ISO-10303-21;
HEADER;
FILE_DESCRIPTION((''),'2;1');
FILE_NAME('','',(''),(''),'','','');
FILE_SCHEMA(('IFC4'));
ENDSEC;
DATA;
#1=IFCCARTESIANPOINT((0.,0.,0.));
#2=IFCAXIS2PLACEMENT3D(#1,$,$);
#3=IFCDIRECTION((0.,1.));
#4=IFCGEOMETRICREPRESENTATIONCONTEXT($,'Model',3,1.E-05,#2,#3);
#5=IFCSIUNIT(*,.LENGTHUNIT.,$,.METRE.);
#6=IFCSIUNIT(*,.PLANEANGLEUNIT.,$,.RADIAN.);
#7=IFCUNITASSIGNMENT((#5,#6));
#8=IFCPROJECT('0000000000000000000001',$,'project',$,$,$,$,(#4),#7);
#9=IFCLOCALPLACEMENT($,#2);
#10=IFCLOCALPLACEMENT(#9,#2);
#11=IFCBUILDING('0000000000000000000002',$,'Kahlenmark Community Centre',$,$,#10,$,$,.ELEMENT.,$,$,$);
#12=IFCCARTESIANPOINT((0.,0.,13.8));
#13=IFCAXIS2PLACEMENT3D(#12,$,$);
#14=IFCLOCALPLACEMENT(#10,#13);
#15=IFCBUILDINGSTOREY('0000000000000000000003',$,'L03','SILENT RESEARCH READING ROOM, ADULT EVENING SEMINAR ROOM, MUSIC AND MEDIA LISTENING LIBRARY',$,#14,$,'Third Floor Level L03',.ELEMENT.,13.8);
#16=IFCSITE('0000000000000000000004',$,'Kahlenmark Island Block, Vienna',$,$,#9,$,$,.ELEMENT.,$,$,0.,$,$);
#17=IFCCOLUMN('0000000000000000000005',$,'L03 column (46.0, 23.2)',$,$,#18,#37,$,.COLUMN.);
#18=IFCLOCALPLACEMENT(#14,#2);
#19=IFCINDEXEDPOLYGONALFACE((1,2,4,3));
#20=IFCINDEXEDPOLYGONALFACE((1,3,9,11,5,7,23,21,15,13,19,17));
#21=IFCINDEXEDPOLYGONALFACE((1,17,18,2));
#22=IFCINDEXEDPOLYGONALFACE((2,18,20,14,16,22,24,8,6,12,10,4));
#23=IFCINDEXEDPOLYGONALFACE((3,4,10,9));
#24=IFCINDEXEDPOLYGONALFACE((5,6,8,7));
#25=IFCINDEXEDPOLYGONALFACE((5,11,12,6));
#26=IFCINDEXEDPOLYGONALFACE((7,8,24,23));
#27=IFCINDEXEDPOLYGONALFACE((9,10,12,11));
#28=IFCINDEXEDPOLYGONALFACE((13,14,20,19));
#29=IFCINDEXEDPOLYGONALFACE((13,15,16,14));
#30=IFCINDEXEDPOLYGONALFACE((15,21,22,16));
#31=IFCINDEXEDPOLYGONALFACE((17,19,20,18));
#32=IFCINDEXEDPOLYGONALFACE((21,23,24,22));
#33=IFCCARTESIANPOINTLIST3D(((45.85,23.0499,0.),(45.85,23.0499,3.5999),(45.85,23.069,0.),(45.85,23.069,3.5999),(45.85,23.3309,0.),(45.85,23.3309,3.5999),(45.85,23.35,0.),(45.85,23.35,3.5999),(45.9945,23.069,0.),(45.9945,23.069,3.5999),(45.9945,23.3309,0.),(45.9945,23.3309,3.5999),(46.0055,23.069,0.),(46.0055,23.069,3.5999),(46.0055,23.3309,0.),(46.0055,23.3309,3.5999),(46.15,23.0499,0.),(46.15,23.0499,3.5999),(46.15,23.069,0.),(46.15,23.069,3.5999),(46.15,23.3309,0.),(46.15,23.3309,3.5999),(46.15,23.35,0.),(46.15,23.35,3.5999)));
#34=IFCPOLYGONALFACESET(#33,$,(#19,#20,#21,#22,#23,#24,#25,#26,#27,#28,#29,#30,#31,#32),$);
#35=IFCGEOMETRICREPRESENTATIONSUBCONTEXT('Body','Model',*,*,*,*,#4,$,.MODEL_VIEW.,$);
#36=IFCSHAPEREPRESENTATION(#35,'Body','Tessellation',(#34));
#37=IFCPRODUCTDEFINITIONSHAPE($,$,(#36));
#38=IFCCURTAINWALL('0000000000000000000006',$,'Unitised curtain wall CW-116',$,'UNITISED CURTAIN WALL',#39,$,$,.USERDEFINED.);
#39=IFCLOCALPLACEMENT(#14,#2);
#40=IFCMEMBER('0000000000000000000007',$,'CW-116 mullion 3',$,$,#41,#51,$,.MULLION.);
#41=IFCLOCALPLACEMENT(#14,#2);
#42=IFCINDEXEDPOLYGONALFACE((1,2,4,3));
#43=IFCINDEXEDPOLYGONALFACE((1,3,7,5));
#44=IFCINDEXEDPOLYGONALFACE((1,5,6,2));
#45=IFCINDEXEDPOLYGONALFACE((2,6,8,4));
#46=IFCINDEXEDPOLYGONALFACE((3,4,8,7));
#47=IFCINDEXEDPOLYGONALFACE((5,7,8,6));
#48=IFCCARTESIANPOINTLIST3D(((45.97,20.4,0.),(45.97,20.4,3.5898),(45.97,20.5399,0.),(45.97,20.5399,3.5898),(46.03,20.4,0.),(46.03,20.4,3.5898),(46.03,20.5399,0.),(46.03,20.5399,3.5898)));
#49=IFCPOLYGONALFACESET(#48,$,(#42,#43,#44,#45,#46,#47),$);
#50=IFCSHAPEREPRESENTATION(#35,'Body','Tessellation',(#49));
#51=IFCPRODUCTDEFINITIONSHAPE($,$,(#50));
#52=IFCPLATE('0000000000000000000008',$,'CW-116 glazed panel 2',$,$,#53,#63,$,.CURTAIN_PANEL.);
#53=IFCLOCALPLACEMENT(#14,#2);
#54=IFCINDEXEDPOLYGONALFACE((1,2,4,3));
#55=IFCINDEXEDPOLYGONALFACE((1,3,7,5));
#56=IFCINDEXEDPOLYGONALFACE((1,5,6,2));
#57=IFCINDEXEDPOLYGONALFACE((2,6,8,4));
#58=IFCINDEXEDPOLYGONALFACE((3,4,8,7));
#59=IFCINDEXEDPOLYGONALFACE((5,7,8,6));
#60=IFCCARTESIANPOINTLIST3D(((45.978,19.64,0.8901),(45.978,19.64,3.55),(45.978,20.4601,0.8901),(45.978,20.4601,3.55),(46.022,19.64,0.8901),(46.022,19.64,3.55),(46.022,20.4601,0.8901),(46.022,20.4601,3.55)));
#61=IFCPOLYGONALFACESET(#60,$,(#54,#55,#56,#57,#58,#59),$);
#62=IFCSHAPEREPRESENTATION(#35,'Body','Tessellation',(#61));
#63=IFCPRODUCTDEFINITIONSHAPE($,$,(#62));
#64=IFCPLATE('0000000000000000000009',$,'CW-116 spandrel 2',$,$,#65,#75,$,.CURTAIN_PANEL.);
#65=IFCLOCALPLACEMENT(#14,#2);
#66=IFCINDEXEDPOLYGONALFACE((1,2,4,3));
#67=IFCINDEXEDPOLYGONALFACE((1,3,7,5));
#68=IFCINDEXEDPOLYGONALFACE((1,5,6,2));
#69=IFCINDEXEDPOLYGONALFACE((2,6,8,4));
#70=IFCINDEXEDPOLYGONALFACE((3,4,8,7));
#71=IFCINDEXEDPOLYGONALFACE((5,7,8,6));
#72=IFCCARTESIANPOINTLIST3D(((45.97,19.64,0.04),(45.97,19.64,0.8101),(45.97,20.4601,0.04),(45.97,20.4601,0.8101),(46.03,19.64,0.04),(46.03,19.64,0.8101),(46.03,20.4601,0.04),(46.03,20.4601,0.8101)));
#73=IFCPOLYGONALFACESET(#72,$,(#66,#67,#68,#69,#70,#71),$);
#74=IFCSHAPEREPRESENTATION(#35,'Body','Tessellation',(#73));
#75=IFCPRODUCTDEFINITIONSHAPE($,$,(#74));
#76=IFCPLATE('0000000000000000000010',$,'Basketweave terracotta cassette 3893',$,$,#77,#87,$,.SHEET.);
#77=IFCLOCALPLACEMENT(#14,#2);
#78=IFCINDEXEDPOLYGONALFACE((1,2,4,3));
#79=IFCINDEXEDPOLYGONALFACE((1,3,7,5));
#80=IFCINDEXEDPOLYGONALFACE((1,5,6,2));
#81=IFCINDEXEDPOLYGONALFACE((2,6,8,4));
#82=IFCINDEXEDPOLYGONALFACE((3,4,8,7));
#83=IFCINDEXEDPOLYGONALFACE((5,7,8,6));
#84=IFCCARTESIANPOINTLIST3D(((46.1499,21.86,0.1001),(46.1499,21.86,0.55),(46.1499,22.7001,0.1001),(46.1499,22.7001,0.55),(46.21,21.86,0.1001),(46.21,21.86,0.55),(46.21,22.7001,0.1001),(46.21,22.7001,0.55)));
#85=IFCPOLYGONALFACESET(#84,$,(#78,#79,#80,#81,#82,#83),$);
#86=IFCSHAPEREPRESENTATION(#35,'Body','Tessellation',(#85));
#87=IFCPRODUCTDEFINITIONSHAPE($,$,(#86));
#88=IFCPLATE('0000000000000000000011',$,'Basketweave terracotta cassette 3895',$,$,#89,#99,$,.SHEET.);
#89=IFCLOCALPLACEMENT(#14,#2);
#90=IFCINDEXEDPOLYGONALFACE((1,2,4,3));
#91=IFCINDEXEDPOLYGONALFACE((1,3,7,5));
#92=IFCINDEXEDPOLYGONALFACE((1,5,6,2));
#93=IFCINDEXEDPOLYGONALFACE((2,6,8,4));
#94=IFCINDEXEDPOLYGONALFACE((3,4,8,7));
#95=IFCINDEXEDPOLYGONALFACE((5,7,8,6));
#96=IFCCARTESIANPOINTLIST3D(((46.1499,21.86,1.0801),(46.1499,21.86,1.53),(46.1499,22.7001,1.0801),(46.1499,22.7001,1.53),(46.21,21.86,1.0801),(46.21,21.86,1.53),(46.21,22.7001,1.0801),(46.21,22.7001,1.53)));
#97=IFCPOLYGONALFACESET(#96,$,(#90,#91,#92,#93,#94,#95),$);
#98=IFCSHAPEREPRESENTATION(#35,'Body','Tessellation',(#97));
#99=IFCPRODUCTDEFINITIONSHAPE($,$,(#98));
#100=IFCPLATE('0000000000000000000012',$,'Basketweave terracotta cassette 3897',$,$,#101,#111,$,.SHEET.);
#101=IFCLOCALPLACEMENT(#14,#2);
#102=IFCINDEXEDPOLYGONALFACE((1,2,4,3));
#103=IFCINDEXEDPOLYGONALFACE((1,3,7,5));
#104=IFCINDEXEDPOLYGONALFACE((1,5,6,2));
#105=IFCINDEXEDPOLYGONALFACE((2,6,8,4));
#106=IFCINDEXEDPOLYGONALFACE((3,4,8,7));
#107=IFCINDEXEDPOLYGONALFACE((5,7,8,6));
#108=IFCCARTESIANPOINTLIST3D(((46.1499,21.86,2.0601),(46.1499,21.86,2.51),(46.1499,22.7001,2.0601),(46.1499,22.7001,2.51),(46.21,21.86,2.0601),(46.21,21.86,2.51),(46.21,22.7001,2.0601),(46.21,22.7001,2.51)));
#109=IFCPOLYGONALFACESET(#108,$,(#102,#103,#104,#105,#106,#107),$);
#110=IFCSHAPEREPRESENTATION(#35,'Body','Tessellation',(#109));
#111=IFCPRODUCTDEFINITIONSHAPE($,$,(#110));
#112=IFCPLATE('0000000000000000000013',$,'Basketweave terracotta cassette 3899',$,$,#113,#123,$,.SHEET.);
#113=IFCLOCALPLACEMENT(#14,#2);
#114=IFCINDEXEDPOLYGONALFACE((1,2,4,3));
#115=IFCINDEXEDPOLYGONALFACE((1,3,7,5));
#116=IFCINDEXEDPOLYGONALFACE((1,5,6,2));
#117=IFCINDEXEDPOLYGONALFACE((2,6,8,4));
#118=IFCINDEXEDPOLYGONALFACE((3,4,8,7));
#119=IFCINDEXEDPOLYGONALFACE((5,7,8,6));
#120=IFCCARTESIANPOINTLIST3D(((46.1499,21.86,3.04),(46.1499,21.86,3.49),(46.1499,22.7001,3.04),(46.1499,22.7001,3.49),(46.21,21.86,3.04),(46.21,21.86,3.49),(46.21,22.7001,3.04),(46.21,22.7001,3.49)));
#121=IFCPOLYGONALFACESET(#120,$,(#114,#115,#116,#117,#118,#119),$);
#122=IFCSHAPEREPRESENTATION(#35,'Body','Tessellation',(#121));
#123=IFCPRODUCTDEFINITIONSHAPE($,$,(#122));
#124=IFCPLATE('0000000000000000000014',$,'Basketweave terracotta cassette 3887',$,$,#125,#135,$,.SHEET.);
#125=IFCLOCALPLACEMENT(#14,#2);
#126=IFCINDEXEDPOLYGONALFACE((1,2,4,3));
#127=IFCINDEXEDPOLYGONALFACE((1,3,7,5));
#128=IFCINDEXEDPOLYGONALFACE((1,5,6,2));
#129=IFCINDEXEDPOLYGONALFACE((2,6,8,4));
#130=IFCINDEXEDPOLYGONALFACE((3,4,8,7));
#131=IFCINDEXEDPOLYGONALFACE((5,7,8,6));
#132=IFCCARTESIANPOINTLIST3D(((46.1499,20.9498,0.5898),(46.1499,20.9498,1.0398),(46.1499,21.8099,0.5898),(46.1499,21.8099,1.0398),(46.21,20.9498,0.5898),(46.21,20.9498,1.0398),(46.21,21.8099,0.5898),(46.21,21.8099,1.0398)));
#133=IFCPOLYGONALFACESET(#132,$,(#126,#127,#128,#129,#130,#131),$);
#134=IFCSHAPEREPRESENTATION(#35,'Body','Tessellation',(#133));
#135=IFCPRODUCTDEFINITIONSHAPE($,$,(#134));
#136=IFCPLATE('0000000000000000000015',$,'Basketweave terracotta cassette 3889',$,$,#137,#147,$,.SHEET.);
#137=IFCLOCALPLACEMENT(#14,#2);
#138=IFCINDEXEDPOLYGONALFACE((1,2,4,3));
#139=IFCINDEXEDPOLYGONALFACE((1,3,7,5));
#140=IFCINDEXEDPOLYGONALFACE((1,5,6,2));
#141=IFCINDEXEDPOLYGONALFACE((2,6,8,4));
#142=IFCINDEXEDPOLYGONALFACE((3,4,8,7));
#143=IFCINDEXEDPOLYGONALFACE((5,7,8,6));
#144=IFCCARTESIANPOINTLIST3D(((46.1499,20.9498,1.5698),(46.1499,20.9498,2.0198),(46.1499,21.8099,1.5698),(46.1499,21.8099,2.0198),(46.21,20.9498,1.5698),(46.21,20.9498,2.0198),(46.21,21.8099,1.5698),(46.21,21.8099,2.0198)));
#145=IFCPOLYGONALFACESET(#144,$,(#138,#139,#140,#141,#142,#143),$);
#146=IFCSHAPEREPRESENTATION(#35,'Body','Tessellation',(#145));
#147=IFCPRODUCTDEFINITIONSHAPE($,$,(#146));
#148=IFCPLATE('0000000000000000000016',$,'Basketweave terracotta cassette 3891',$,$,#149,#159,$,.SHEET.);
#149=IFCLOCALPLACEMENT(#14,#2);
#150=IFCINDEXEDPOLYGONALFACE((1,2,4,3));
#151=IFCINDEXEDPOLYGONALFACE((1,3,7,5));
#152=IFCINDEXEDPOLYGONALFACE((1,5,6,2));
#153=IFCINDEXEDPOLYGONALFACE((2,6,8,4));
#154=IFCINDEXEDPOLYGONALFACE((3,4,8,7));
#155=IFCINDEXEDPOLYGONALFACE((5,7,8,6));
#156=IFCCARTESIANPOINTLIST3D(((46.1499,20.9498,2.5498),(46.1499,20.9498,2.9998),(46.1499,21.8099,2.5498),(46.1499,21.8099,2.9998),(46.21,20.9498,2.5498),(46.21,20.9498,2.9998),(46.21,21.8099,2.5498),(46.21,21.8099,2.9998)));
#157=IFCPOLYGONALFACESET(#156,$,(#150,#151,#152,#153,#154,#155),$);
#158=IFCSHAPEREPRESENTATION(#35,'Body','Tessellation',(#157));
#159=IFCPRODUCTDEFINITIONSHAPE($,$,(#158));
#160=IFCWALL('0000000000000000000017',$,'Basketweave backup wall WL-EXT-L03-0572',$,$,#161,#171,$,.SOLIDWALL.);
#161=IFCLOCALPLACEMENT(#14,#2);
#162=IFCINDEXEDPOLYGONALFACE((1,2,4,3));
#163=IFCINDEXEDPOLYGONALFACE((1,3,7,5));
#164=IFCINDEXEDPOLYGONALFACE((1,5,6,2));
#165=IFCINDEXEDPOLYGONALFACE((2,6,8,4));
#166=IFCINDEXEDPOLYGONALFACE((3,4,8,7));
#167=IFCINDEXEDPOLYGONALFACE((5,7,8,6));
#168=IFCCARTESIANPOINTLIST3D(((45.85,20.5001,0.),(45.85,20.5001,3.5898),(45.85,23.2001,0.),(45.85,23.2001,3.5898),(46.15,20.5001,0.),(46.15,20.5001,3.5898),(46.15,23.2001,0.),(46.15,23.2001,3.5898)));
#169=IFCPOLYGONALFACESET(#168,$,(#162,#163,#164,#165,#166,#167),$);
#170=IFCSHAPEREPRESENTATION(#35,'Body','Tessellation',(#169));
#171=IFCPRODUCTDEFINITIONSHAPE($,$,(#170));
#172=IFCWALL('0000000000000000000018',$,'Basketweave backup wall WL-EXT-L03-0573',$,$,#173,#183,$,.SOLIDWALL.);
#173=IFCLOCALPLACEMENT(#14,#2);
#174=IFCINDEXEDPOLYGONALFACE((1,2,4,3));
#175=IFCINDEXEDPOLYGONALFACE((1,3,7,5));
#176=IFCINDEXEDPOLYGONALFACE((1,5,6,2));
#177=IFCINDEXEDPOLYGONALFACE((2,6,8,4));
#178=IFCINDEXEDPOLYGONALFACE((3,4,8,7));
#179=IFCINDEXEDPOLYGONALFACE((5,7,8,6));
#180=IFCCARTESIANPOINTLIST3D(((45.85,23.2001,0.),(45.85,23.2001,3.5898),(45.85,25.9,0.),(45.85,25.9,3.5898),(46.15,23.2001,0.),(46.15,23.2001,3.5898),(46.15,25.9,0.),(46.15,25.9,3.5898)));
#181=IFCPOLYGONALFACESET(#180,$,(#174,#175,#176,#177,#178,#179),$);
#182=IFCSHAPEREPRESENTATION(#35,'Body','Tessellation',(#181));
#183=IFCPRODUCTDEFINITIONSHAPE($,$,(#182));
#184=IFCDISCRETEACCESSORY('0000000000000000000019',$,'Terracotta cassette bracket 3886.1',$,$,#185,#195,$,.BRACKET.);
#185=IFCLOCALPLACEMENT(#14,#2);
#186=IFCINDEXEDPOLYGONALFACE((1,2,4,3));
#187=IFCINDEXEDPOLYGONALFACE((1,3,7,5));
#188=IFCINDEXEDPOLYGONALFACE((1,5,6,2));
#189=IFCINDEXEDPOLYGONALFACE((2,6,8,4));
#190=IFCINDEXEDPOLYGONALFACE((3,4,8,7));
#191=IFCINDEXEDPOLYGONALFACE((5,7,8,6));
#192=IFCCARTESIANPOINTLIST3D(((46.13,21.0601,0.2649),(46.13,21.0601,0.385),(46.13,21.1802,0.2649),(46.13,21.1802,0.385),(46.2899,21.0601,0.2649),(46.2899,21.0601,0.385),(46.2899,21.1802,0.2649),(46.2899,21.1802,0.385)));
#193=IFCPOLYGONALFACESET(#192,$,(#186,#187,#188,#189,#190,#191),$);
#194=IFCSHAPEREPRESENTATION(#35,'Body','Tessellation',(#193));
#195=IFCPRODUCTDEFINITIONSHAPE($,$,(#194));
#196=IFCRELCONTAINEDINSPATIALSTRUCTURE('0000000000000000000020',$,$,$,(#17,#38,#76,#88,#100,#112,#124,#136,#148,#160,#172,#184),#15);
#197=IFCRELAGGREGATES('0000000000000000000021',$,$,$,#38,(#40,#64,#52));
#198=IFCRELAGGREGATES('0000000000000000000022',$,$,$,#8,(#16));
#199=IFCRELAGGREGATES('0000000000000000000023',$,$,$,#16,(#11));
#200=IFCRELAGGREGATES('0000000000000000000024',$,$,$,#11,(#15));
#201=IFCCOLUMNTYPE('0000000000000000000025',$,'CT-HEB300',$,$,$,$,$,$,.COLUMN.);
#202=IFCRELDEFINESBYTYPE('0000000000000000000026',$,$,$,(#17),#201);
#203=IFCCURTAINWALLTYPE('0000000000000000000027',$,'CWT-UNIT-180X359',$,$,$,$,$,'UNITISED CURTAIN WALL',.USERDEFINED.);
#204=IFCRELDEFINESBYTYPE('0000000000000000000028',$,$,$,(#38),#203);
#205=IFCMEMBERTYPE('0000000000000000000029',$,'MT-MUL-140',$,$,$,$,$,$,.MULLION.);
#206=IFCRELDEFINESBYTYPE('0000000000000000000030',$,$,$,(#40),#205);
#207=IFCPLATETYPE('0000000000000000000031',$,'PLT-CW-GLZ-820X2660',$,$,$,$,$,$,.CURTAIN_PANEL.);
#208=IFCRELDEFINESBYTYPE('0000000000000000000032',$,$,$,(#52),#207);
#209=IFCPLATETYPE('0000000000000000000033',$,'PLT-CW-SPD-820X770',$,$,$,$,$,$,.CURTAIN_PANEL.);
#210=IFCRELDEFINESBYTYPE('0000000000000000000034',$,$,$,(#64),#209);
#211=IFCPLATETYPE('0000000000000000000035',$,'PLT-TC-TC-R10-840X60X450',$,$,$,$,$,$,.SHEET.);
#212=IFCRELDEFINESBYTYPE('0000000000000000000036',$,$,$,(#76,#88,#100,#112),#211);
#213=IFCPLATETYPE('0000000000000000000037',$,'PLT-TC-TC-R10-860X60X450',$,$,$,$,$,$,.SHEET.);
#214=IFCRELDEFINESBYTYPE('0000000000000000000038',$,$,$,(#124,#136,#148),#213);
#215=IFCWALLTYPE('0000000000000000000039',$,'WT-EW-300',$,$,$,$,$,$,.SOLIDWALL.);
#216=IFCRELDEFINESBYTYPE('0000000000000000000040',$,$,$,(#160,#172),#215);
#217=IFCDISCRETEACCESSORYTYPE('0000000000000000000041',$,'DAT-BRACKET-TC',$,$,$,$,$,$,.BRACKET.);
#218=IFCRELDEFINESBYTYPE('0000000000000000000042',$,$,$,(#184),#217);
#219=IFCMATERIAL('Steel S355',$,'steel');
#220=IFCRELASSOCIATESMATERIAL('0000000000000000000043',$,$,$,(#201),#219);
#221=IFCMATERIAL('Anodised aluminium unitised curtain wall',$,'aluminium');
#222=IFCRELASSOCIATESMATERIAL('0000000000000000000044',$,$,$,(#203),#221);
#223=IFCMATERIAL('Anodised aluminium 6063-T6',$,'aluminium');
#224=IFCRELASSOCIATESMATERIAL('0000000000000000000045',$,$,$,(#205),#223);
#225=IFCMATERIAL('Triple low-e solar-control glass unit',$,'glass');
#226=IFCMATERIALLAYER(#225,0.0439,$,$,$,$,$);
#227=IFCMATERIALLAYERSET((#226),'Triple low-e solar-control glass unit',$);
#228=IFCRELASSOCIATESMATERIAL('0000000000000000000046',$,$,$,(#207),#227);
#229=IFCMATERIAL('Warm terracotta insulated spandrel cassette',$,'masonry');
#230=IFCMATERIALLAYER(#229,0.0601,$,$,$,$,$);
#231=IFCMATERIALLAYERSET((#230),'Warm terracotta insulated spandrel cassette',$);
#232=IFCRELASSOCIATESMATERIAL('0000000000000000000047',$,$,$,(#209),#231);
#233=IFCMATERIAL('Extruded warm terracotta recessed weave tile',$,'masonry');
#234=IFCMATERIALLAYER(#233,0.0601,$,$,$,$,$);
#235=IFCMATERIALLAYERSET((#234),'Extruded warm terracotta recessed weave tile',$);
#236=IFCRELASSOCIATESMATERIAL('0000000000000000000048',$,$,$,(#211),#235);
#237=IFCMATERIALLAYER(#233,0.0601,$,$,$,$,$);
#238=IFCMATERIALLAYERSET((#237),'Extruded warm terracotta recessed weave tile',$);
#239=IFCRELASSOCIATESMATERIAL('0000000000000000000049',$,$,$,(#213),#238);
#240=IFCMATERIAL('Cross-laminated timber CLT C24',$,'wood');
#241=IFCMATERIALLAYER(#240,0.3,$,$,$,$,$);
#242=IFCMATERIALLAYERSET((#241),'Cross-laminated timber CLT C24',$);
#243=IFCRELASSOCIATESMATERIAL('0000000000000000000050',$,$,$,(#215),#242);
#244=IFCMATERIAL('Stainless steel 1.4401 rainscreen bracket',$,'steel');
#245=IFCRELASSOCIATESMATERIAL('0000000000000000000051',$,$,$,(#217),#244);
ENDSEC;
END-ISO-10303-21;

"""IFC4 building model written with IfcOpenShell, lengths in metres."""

from ifc_helpers import new_model, si_unit, direction, frame, frame_2d, origin, origin_2d, place, context, subcontext, project, spatial, rectangle, i_section, extrude, material, layer, layer_set, material_profile, profile_set, type_object, element, aggregate, save


model = new_model("IFC4")

# Units and contexts
model_context = context("Model", 3, precision=1e-05, world=origin(), true_north=direction((0.0, 1.0)))
body_context = subcontext(model_context, "Body", "Model", "MODEL_VIEW")
ifc_project = project(units=[si_unit("LENGTHUNIT", "METRE"), si_unit("PLANEANGLEUNIT", "RADIAN")], contexts=[model_context])

# Site, building, storey
site_placement = place(None, origin())
site = spatial("IfcSite", under=ifc_project, at=site_placement, Name="Kahlenmark Island Block, Vienna", CompositionType="ELEMENT", RefElevation=0.0)
building_placement = place(site_placement, origin())
building = spatial("IfcBuilding", under=site, at=building_placement, Name="Kahlenmark Community Centre", CompositionType="ELEMENT")
storey_placement = place(building_placement, frame((0.0, 0.0, 13.8)))
storey = spatial("IfcBuildingStorey", under=building, at=storey_placement, Name="L03", Description="SILENT RESEARCH READING ROOM, ADULT EVENING SEMINAR ROOM, MUSIC AND MEDIA LISTENING LIBRARY", LongName="Third Floor Level L03", CompositionType="ELEMENT", Elevation=13.8)

# Column
ifc_material_1 = material(Name="Steel S355", Category="steel")
ifc_material_profile_1 = material_profile(ifc_material_1, i_section(OverallWidth=0.3, OverallDepth=0.3, WebThickness=0.011, FlangeThickness=0.019, at=origin_2d()), Name="HEB 300")
ifc_profile_set_1 = profile_set([ifc_material_profile_1], Name="Steel S355")
column_type = type_object("IfcColumnType", Name="CT-HEB300", PredefinedType="COLUMN", material=ifc_profile_set_1)
column_placement = place(storey_placement, frame((46.0, 23.2, 0.0), z_axis=(0.0, 0.0, 1.0), x_axis=(1.0, 0.0, 0.0)))
element("IfcColumn", 1, at=column_placement, inside=storey, type_object=column_type, Name="L03 column (46.0, 23.2)", PredefinedType="COLUMN", context=body_context, shape_type="SweptSolid", body=[
    extrude(i_section(OverallWidth=0.3, OverallDepth=0.3, WebThickness=0.011, FlangeThickness=0.019, at=origin_2d()), origin(), (0.0, 0.0, 1.0), 3.5999),
])

# Curtain wall, member, plates
ifc_material_2 = material(Name="Anodised aluminium unitised curtain wall", Category="aluminium")
curtain_wall_type = type_object("IfcCurtainWallType", Name="CWT-UNIT-180X359", ElementType="UNITISED CURTAIN WALL", PredefinedType="USERDEFINED", material=ifc_material_2)
curtain_wall_placement = place(storey_placement, origin())
curtain_wall = element("IfcCurtainWall", 2, at=curtain_wall_placement, inside=storey, type_object=curtain_wall_type, Name="Unitised curtain wall CW-116", ObjectType="UNITISED CURTAIN WALL", PredefinedType="USERDEFINED")
ifc_material_3 = material(Name="Anodised aluminium 6063-T6", Category="aluminium")
ifc_material_profile_2 = material_profile(ifc_material_3, rectangle(XDim=0.0601, YDim=0.1399, at=origin_2d()), Name="ALU MULLION 60x140")
ifc_profile_set_2 = profile_set([ifc_material_profile_2], Name="Anodised aluminium 6063-T6")
member_type = type_object("IfcMemberType", Name="MT-MUL-140", PredefinedType="MULLION", material=ifc_profile_set_2)
member_placement = place(storey_placement, frame((46.0, 20.47, 0.0), z_axis=(0.0, 0.0, 1.0), x_axis=(-1.0, 0.0, 0.0)))
member = element("IfcMember", 3, at=member_placement, type_object=member_type, Name="CW-116 mullion 3", PredefinedType="MULLION", context=body_context, shape_type="SweptSolid", body=[
    extrude(rectangle(XDim=0.0601, YDim=0.1399, at=origin_2d()), origin(), (0.0, 0.0, 1.0), 3.5898),
])
ifc_material_4 = material(Name="Triple low-e solar-control glass unit", Category="glass")
ifc_layer_1 = layer(ifc_material_4, 0.0439)
ifc_layer_set_1 = layer_set([ifc_layer_1], Name="Triple low-e solar-control glass unit")
plate_type_1 = type_object("IfcPlateType", Name="PLT-CW-GLZ-820X2660", PredefinedType="CURTAIN_PANEL", material=ifc_layer_set_1)
plate_1_placement = place(storey_placement, frame((46.0, 20.05, 0.8901), z_axis=(0.0, 0.0, 1.0), x_axis=(0.0, 1.0, 0.0)))
plate_1 = element("IfcPlate", 4, at=plate_1_placement, type_object=plate_type_1, Name="CW-116 glazed panel 2", PredefinedType="CURTAIN_PANEL", context=body_context, shape_type="SweptSolid", body=[
    extrude(rectangle(XDim=0.8201, YDim=0.0439, at=origin_2d()), origin(), (0.0, 0.0, 1.0), 2.6599),
])
ifc_material_5 = material(Name="Warm terracotta insulated spandrel cassette", Category="masonry")
ifc_layer_2 = layer(ifc_material_5, 0.0601)
ifc_layer_set_2 = layer_set([ifc_layer_2], Name="Warm terracotta insulated spandrel cassette")
plate_type_2 = type_object("IfcPlateType", Name="PLT-CW-SPD-820X770", PredefinedType="CURTAIN_PANEL", material=ifc_layer_set_2)
plate_2_placement = place(storey_placement, frame((46.0, 20.05, 0.04), z_axis=(0.0, 0.0, 1.0), x_axis=(0.0, 1.0, 0.0)))
plate_2 = element("IfcPlate", 5, at=plate_2_placement, type_object=plate_type_2, Name="CW-116 spandrel 2", PredefinedType="CURTAIN_PANEL", context=body_context, shape_type="SweptSolid", body=[
    extrude(rectangle(XDim=0.8201, YDim=0.0601, at=origin_2d()), origin(), (0.0, 0.0, 1.0), 0.77),
])
aggregate(curtain_wall, [member, plate_2, plate_1])

# Plates
ifc_material_6 = material(Name="Extruded warm terracotta recessed weave tile", Category="masonry")
ifc_layer_3 = layer(ifc_material_6, 0.0601)
ifc_layer_set_3 = layer_set([ifc_layer_3], Name="Extruded warm terracotta recessed weave tile")
plate_type_3 = type_object("IfcPlateType", Name="PLT-TC-TC-R10-840X60X450", PredefinedType="SHEET", material=ifc_layer_set_3)
for number, where, z_axis, x_axis, name in (
    (6, (46.1799, 22.28, 0.1001), (0.0, 0.0, 1.0), (0.0, 1.0, 0.0), "Basketweave terracotta cassette 3893"),
    (7, (46.1799, 22.28, 1.0801), (0.0, 0.0, 1.0), (0.0, 1.0, 0.0), "Basketweave terracotta cassette 3895"),
    (8, (46.1799, 22.28, 2.0601), (0.0, 0.0, 1.0), (0.0, 1.0, 0.0), "Basketweave terracotta cassette 3897"),
    (9, (46.1799, 22.28, 3.04), (0.0, 0.0, 1.0), (0.0, 1.0, 0.0), "Basketweave terracotta cassette 3899"),
):
    element("IfcPlate", number, at=place(storey_placement, frame(where, z_axis=z_axis, x_axis=x_axis)), inside=storey, type_object=plate_type_3, Name=name, PredefinedType="SHEET", context=body_context, shape_type="SweptSolid", body=[
        extrude(rectangle(XDim=0.8401, YDim=0.0601, at=origin_2d()), origin(), (0.0, 0.0, 1.0), 0.45),
    ])
ifc_layer_4 = layer(ifc_material_6, 0.0601)
ifc_layer_set_4 = layer_set([ifc_layer_4], Name="Extruded warm terracotta recessed weave tile")
plate_type_4 = type_object("IfcPlateType", Name="PLT-TC-TC-R10-860X60X450", PredefinedType="SHEET", material=ifc_layer_set_4)
for number, where, z_axis, x_axis, name in (
    (10, (46.1799, 21.3799, 0.5898), (0.0, 0.0, 1.0), (0.0, 1.0, 0.0), "Basketweave terracotta cassette 3887"),
    (11, (46.1799, 21.3799, 1.5698), (0.0, 0.0, 1.0), (0.0, 1.0, 0.0), "Basketweave terracotta cassette 3889"),
    (12, (46.1799, 21.3799, 2.5498), (0.0, 0.0, 1.0), (0.0, 1.0, 0.0), "Basketweave terracotta cassette 3891"),
):
    element("IfcPlate", number, at=place(storey_placement, frame(where, z_axis=z_axis, x_axis=x_axis)), inside=storey, type_object=plate_type_4, Name=name, PredefinedType="SHEET", context=body_context, shape_type="SweptSolid", body=[
        extrude(rectangle(XDim=0.8601, YDim=0.0601, at=origin_2d()), origin(), (0.0, 0.0, 1.0), 0.45),
    ])

# Walls
ifc_material_7 = material(Name="Cross-laminated timber CLT C24", Category="wood")
ifc_layer_5 = layer(ifc_material_7, 0.3)
ifc_layer_set_5 = layer_set([ifc_layer_5], Name="Cross-laminated timber CLT C24")
wall_type = type_object("IfcWallType", Name="WT-EW-300", PredefinedType="SOLIDWALL", material=ifc_layer_set_5)
for number, where, z_axis, x_axis, name in (
    (13, (46.0, 20.5, 0.0), (0.0, 0.0, 1.0), (0.0, 1.0, 0.0), "Basketweave backup wall WL-EXT-L03-0572"),
    (14, (46.0, 23.2, 0.0), (0.0, 0.0, 1.0), (0.0, 1.0, 0.0), "Basketweave backup wall WL-EXT-L03-0573"),
):
    element("IfcWall", number, at=place(storey_placement, frame(where, z_axis=z_axis, x_axis=x_axis)), inside=storey, type_object=wall_type, Name=name, PredefinedType="SOLIDWALL", context=body_context, shape_type="SweptSolid", body=[
        extrude(rectangle(XDim=2.7, YDim=0.3, at=frame_2d((1.3501, 0.0))), origin(), (0.0, 0.0, 1.0), 3.5898),
    ])

# Discrete accessory
ifc_material_8 = material(Name="Stainless steel 1.4401 rainscreen bracket", Category="steel")
discrete_accessory_type = type_object("IfcDiscreteAccessoryType", Name="DAT-BRACKET-TC", PredefinedType="BRACKET", material=ifc_material_8)
for number, where, z_axis, x_axis, name in (
    (15, (46.21, 21.1201, 0.2649), (0.0, 0.0, 1.0), (0.0, 1.0, 0.0), "Terracotta cassette bracket 3886.1"),
):
    element("IfcDiscreteAccessory", number, at=place(storey_placement, frame(where, z_axis=z_axis, x_axis=x_axis)), inside=storey, type_object=discrete_accessory_type, Name=name, PredefinedType="BRACKET", context=body_context, shape_type="SweptSolid", body=[
        extrude(rectangle(XDim=0.1201, YDim=0.1599, at=origin_2d()), origin(), (0.0, 0.0, 1.0), 0.1201),
    ])

save(model, "model.ifc")
